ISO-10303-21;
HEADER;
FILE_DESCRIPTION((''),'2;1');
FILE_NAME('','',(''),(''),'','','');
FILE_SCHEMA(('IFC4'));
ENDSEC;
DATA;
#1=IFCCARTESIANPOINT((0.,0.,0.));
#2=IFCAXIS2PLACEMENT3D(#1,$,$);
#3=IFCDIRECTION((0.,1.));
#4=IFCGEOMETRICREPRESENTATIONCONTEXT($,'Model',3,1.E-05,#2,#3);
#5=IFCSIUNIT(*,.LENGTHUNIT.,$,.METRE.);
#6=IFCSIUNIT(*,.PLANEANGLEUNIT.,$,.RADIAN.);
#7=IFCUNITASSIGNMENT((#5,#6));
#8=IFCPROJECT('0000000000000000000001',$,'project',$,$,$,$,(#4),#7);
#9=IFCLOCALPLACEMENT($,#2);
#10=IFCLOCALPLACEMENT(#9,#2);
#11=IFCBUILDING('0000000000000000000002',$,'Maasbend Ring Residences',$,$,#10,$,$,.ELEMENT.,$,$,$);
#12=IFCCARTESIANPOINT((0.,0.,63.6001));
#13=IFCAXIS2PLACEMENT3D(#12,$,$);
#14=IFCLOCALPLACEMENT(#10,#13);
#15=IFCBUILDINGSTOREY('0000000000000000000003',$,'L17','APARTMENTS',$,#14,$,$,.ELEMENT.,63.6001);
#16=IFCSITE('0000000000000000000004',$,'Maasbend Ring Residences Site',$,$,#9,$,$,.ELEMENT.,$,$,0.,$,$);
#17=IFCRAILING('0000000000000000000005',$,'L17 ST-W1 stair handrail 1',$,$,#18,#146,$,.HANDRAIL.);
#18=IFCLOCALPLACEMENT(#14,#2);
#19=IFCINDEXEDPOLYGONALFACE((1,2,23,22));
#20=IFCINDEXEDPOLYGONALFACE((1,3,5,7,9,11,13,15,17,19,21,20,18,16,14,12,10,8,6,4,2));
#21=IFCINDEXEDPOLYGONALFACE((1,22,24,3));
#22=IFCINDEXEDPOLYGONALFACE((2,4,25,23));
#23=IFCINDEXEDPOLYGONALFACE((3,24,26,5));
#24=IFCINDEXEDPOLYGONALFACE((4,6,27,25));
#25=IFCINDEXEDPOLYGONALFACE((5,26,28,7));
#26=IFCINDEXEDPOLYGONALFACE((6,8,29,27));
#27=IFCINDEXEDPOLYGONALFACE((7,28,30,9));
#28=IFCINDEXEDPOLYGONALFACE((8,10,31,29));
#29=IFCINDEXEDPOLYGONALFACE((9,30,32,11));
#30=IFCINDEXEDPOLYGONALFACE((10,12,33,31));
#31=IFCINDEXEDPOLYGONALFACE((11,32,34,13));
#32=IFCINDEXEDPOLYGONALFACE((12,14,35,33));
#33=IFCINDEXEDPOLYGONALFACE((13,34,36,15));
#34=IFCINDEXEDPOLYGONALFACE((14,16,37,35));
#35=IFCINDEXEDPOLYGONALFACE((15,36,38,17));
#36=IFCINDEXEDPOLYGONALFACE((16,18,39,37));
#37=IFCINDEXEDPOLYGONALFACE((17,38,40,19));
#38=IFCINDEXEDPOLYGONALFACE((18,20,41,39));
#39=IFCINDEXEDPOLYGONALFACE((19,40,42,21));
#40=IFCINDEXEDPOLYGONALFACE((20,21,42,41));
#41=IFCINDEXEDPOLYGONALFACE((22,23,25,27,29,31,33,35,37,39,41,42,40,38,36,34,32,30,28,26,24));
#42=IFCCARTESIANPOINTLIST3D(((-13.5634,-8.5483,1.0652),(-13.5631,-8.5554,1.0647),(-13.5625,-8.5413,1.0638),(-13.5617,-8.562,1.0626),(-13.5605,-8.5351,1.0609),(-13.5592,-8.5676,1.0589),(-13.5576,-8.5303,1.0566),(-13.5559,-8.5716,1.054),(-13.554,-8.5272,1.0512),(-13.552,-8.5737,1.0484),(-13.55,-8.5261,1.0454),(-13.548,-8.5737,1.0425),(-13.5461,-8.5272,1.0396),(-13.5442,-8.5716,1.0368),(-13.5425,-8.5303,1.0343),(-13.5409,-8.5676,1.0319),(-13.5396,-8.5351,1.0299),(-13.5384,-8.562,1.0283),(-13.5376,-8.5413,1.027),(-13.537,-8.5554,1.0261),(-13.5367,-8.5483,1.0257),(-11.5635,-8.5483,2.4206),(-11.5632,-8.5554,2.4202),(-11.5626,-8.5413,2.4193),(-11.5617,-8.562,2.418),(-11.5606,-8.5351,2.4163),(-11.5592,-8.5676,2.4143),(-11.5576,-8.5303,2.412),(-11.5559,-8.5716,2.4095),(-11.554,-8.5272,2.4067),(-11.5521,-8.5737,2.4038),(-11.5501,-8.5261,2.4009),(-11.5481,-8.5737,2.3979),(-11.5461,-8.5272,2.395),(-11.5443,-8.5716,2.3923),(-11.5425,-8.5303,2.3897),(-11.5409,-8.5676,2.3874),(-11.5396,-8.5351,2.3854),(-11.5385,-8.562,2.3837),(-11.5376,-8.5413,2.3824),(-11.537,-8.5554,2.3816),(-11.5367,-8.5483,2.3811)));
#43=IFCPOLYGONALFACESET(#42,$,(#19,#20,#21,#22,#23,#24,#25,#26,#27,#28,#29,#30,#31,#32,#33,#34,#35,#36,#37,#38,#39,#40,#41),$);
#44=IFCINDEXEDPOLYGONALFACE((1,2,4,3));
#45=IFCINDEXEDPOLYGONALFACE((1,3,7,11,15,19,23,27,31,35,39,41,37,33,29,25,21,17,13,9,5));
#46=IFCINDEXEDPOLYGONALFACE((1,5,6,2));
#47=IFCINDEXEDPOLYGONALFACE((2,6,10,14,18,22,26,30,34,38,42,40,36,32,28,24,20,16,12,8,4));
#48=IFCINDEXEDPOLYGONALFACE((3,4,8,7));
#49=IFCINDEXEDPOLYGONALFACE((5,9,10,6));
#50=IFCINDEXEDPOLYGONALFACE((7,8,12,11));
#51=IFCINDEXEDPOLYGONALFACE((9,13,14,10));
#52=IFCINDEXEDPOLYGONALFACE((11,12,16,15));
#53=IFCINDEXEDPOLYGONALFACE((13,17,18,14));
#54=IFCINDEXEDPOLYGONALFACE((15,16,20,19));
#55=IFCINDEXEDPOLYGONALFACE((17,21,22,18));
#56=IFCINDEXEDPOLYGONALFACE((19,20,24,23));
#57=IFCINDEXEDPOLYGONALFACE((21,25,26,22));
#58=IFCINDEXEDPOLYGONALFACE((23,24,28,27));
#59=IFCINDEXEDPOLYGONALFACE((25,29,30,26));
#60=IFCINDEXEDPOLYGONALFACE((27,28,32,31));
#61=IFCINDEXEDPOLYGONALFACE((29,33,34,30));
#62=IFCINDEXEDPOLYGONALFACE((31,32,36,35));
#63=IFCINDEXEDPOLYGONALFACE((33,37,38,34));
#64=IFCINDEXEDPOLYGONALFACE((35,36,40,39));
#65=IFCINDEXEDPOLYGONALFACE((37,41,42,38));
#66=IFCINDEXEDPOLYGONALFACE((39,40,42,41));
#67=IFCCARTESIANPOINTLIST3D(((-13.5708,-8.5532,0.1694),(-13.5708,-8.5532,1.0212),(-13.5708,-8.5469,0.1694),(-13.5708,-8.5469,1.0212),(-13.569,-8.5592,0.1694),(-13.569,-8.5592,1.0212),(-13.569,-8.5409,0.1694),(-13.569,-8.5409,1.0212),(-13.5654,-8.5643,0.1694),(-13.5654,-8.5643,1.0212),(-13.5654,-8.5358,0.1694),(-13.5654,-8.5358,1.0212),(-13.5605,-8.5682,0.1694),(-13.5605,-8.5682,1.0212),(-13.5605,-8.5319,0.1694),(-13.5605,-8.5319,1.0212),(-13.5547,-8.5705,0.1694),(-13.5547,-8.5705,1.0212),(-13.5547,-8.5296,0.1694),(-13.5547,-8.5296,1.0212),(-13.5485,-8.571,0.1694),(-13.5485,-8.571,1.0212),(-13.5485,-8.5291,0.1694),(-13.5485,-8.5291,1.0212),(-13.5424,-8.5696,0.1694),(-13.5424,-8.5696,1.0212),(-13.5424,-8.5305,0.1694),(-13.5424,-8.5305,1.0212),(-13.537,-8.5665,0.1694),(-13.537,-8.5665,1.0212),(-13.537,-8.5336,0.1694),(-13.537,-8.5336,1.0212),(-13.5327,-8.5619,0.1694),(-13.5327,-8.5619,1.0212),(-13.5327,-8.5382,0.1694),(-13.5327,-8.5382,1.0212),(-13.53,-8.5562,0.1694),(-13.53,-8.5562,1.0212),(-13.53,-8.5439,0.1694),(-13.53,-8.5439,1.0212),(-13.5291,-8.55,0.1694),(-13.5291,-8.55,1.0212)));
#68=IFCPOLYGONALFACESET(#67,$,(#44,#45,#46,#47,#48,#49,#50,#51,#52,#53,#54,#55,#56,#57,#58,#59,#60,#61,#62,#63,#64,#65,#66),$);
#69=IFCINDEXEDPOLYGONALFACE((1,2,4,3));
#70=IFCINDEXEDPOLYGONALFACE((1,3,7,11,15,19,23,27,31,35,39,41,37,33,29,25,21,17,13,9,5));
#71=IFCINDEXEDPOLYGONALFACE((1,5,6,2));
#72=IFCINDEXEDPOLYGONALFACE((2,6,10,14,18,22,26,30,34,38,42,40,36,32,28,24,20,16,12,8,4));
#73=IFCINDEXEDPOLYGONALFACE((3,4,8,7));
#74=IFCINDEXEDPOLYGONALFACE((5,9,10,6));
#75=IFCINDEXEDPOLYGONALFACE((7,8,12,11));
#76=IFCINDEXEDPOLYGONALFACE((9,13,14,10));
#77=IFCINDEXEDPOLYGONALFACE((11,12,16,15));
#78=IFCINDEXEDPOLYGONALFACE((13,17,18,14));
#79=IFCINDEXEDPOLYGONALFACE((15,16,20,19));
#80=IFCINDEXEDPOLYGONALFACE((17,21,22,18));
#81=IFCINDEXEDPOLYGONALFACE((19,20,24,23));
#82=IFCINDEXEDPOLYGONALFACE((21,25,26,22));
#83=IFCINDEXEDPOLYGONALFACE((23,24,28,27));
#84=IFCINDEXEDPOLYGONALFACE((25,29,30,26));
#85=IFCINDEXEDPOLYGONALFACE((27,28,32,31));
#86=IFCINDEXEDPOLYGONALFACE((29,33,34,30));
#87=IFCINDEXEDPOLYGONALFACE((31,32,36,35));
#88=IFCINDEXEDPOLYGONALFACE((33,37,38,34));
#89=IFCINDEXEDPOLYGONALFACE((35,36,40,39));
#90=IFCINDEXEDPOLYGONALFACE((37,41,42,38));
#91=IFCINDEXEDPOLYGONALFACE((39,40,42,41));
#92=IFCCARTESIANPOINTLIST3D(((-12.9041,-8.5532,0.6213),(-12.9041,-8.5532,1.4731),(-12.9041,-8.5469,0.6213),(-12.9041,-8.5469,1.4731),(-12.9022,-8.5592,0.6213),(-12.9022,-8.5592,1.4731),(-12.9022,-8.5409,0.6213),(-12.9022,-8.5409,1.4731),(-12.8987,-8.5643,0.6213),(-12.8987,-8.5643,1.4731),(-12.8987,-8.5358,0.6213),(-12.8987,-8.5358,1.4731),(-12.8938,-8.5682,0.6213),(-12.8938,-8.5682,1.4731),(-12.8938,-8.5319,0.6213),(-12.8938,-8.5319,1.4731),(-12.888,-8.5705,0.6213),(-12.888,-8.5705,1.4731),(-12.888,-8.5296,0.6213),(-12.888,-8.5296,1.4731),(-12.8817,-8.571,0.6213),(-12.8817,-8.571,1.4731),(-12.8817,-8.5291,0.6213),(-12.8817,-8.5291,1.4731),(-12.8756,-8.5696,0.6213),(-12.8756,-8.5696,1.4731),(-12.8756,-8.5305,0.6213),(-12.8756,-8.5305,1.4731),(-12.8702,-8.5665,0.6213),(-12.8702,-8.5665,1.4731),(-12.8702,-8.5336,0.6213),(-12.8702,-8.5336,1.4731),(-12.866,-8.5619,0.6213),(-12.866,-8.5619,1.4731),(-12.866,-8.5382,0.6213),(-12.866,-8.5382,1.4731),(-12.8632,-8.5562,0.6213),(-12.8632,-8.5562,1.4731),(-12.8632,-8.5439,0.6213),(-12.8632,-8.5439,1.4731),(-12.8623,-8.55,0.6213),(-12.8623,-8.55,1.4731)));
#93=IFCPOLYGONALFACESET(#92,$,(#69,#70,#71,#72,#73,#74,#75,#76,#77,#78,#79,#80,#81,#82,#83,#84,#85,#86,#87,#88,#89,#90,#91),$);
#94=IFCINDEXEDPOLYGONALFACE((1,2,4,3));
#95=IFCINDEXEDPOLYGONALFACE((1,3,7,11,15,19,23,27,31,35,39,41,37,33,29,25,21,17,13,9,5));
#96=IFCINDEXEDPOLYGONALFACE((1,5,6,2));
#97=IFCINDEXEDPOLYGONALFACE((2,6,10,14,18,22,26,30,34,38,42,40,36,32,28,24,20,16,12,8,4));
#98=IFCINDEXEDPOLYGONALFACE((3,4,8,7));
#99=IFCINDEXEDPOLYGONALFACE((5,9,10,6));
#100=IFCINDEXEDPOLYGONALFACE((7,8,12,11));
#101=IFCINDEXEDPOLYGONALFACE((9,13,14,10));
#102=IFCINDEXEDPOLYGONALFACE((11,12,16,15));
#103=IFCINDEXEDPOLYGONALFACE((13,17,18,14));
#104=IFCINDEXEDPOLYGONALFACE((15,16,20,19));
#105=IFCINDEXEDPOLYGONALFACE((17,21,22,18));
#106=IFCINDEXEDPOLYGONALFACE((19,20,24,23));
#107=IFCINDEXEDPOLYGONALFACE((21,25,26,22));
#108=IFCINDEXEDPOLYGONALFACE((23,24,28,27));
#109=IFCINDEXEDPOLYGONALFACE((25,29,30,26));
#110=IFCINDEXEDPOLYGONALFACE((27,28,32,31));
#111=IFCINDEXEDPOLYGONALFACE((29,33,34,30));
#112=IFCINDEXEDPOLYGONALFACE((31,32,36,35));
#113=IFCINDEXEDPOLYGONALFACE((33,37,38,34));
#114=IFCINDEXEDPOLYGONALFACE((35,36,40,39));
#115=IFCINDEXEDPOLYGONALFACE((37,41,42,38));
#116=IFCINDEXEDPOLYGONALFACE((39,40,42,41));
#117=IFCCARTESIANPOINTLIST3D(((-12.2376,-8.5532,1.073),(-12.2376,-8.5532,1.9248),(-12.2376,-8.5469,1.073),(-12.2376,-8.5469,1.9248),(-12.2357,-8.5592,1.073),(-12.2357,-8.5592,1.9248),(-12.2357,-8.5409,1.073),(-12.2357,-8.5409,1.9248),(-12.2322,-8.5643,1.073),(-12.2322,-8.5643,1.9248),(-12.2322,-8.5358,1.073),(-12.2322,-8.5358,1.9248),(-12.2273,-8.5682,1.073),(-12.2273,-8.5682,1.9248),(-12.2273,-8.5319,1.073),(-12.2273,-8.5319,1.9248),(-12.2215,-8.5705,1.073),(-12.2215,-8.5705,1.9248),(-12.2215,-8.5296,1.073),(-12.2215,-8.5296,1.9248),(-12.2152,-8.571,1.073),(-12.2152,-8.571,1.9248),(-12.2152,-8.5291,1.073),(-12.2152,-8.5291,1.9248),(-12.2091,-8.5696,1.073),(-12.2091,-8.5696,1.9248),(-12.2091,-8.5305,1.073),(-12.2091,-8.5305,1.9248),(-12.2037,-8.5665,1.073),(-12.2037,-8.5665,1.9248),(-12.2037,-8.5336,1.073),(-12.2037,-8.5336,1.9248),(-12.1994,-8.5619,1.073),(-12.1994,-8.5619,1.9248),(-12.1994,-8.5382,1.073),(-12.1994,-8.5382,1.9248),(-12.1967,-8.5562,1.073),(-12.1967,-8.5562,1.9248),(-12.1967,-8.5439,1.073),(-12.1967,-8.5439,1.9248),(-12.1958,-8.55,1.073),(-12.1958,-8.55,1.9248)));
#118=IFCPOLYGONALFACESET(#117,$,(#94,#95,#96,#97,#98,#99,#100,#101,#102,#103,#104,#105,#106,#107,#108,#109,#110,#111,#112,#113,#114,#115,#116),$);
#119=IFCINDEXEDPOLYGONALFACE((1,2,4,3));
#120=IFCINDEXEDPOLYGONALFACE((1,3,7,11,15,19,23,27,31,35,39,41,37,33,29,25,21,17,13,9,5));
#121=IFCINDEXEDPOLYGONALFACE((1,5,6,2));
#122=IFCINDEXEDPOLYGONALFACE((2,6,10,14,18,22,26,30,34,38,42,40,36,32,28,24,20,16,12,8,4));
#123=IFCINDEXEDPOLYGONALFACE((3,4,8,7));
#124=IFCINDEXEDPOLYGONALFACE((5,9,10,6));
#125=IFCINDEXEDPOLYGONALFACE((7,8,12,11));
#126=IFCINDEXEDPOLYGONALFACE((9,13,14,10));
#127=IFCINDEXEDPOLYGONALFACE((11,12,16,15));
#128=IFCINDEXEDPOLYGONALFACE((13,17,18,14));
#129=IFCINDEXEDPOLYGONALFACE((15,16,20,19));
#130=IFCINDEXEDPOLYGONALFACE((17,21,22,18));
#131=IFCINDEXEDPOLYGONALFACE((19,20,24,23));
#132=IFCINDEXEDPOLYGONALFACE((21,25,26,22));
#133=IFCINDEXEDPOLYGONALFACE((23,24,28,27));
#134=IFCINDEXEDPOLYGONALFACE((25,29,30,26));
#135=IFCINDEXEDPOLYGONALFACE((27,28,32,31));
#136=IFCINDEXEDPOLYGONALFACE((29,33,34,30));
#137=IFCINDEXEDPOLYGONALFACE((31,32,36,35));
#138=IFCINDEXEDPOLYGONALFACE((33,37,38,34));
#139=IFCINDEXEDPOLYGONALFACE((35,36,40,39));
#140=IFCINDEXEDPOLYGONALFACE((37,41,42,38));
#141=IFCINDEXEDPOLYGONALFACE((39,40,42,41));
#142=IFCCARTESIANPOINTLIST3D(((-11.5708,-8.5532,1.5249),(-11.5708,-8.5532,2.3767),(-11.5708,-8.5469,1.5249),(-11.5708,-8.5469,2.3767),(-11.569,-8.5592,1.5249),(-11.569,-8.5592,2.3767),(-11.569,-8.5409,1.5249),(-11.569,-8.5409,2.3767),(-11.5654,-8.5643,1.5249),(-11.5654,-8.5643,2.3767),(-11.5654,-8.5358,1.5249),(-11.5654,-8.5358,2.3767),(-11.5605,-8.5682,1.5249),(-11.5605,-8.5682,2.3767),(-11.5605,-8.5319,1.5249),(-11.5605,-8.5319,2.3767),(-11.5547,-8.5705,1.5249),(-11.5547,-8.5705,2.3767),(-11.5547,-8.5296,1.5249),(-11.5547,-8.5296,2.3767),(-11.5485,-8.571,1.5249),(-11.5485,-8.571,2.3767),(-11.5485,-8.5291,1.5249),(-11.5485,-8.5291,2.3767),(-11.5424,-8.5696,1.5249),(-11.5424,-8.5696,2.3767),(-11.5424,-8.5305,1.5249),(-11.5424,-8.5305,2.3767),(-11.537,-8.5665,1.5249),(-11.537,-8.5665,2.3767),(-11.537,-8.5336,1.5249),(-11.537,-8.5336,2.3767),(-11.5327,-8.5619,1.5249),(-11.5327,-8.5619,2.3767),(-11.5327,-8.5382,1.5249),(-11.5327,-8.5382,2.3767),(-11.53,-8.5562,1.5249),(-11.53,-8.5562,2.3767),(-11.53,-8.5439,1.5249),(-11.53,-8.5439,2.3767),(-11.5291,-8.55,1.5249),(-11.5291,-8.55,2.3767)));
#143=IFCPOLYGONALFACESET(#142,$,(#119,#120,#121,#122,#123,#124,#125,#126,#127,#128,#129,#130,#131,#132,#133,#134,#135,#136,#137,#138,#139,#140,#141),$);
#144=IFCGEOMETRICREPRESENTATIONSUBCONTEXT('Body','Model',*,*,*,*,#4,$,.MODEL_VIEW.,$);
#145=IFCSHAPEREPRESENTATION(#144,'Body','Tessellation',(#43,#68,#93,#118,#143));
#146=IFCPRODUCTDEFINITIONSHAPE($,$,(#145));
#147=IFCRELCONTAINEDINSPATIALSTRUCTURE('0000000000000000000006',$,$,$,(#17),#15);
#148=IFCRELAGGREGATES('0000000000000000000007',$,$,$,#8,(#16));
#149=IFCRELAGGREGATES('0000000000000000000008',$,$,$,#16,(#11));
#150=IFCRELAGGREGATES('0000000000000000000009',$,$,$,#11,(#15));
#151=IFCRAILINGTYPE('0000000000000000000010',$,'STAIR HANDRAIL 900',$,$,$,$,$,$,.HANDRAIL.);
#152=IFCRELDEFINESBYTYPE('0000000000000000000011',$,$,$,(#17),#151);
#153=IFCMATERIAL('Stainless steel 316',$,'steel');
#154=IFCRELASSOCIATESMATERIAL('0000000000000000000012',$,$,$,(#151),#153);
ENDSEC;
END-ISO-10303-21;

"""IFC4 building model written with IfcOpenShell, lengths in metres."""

from ifc_helpers import new_model, si_unit, direction, frame, origin, origin_2d, place, context, subcontext, project, spatial, circle, extrude, material, type_object, element, save


model = new_model("IFC4")

# Units and contexts
model_context = context("Model", 3, precision=1e-05, world=origin(), true_north=direction((0.0, 1.0)))
body_context = subcontext(model_context, "Body", "Model", "MODEL_VIEW")
ifc_project = project(units=[si_unit("LENGTHUNIT", "METRE"), si_unit("PLANEANGLEUNIT", "RADIAN")], contexts=[model_context])

# Site, building, storey
site_placement = place(None, origin())
site = spatial("IfcSite", under=ifc_project, at=site_placement, Name="Maasbend Ring Residences Site", CompositionType="ELEMENT", RefElevation=0.0)
building_placement = place(site_placement, origin())
building = spatial("IfcBuilding", under=site, at=building_placement, Name="Maasbend Ring Residences", CompositionType="ELEMENT")
storey_placement = place(building_placement, frame((0.0, 0.0, 63.6001)))
storey = spatial("IfcBuildingStorey", under=building, at=storey_placement, Name="L17", Description="APARTMENTS", CompositionType="ELEMENT", Elevation=63.6001)

# Railing
ifc_material_1 = material(Name="Stainless steel 316", Category="steel")
railing_type_1 = type_object("IfcRailingType", Name="STAIR HANDRAIL 900", PredefinedType="HANDRAIL", material=ifc_material_1)
railing_1_placement = place(storey_placement, frame((-13.55, -8.55, 0.1694)))
element("IfcRailing", 1, at=railing_1_placement, inside=storey, type_object=railing_type_1, Name="L17 ST-W1 stair handrail 1", PredefinedType="HANDRAIL", context=body_context, shape_type="SweptSolid", body=[
    extrude(circle(Radius=0.0239, at=origin_2d()), frame((0.0, 0.0, 0.876), z_axis=(0.827798, 0.0, 0.561027), x_axis=(0.0, 1.0, 0.0)), (0.0, 0.0, 1.0), 2.416),
    extrude(circle(Radius=0.021, at=origin_2d()), origin(), (0.0, 0.0, 1.0), 0.8518),
    extrude(circle(Radius=0.021, at=origin_2d()), frame((0.6667, 0.0, 0.4519)), (0.0, 0.0, 1.0), 0.8518),
    extrude(circle(Radius=0.021, at=origin_2d()), frame((1.3333, 0.0, 0.9036)), (0.0, 0.0, 1.0), 0.8518),
    extrude(circle(Radius=0.021, at=origin_2d()), frame((2.0, 0.0, 1.3555)), (0.0, 0.0, 1.0), 0.8518),
])

save(model, "model.ifc")
